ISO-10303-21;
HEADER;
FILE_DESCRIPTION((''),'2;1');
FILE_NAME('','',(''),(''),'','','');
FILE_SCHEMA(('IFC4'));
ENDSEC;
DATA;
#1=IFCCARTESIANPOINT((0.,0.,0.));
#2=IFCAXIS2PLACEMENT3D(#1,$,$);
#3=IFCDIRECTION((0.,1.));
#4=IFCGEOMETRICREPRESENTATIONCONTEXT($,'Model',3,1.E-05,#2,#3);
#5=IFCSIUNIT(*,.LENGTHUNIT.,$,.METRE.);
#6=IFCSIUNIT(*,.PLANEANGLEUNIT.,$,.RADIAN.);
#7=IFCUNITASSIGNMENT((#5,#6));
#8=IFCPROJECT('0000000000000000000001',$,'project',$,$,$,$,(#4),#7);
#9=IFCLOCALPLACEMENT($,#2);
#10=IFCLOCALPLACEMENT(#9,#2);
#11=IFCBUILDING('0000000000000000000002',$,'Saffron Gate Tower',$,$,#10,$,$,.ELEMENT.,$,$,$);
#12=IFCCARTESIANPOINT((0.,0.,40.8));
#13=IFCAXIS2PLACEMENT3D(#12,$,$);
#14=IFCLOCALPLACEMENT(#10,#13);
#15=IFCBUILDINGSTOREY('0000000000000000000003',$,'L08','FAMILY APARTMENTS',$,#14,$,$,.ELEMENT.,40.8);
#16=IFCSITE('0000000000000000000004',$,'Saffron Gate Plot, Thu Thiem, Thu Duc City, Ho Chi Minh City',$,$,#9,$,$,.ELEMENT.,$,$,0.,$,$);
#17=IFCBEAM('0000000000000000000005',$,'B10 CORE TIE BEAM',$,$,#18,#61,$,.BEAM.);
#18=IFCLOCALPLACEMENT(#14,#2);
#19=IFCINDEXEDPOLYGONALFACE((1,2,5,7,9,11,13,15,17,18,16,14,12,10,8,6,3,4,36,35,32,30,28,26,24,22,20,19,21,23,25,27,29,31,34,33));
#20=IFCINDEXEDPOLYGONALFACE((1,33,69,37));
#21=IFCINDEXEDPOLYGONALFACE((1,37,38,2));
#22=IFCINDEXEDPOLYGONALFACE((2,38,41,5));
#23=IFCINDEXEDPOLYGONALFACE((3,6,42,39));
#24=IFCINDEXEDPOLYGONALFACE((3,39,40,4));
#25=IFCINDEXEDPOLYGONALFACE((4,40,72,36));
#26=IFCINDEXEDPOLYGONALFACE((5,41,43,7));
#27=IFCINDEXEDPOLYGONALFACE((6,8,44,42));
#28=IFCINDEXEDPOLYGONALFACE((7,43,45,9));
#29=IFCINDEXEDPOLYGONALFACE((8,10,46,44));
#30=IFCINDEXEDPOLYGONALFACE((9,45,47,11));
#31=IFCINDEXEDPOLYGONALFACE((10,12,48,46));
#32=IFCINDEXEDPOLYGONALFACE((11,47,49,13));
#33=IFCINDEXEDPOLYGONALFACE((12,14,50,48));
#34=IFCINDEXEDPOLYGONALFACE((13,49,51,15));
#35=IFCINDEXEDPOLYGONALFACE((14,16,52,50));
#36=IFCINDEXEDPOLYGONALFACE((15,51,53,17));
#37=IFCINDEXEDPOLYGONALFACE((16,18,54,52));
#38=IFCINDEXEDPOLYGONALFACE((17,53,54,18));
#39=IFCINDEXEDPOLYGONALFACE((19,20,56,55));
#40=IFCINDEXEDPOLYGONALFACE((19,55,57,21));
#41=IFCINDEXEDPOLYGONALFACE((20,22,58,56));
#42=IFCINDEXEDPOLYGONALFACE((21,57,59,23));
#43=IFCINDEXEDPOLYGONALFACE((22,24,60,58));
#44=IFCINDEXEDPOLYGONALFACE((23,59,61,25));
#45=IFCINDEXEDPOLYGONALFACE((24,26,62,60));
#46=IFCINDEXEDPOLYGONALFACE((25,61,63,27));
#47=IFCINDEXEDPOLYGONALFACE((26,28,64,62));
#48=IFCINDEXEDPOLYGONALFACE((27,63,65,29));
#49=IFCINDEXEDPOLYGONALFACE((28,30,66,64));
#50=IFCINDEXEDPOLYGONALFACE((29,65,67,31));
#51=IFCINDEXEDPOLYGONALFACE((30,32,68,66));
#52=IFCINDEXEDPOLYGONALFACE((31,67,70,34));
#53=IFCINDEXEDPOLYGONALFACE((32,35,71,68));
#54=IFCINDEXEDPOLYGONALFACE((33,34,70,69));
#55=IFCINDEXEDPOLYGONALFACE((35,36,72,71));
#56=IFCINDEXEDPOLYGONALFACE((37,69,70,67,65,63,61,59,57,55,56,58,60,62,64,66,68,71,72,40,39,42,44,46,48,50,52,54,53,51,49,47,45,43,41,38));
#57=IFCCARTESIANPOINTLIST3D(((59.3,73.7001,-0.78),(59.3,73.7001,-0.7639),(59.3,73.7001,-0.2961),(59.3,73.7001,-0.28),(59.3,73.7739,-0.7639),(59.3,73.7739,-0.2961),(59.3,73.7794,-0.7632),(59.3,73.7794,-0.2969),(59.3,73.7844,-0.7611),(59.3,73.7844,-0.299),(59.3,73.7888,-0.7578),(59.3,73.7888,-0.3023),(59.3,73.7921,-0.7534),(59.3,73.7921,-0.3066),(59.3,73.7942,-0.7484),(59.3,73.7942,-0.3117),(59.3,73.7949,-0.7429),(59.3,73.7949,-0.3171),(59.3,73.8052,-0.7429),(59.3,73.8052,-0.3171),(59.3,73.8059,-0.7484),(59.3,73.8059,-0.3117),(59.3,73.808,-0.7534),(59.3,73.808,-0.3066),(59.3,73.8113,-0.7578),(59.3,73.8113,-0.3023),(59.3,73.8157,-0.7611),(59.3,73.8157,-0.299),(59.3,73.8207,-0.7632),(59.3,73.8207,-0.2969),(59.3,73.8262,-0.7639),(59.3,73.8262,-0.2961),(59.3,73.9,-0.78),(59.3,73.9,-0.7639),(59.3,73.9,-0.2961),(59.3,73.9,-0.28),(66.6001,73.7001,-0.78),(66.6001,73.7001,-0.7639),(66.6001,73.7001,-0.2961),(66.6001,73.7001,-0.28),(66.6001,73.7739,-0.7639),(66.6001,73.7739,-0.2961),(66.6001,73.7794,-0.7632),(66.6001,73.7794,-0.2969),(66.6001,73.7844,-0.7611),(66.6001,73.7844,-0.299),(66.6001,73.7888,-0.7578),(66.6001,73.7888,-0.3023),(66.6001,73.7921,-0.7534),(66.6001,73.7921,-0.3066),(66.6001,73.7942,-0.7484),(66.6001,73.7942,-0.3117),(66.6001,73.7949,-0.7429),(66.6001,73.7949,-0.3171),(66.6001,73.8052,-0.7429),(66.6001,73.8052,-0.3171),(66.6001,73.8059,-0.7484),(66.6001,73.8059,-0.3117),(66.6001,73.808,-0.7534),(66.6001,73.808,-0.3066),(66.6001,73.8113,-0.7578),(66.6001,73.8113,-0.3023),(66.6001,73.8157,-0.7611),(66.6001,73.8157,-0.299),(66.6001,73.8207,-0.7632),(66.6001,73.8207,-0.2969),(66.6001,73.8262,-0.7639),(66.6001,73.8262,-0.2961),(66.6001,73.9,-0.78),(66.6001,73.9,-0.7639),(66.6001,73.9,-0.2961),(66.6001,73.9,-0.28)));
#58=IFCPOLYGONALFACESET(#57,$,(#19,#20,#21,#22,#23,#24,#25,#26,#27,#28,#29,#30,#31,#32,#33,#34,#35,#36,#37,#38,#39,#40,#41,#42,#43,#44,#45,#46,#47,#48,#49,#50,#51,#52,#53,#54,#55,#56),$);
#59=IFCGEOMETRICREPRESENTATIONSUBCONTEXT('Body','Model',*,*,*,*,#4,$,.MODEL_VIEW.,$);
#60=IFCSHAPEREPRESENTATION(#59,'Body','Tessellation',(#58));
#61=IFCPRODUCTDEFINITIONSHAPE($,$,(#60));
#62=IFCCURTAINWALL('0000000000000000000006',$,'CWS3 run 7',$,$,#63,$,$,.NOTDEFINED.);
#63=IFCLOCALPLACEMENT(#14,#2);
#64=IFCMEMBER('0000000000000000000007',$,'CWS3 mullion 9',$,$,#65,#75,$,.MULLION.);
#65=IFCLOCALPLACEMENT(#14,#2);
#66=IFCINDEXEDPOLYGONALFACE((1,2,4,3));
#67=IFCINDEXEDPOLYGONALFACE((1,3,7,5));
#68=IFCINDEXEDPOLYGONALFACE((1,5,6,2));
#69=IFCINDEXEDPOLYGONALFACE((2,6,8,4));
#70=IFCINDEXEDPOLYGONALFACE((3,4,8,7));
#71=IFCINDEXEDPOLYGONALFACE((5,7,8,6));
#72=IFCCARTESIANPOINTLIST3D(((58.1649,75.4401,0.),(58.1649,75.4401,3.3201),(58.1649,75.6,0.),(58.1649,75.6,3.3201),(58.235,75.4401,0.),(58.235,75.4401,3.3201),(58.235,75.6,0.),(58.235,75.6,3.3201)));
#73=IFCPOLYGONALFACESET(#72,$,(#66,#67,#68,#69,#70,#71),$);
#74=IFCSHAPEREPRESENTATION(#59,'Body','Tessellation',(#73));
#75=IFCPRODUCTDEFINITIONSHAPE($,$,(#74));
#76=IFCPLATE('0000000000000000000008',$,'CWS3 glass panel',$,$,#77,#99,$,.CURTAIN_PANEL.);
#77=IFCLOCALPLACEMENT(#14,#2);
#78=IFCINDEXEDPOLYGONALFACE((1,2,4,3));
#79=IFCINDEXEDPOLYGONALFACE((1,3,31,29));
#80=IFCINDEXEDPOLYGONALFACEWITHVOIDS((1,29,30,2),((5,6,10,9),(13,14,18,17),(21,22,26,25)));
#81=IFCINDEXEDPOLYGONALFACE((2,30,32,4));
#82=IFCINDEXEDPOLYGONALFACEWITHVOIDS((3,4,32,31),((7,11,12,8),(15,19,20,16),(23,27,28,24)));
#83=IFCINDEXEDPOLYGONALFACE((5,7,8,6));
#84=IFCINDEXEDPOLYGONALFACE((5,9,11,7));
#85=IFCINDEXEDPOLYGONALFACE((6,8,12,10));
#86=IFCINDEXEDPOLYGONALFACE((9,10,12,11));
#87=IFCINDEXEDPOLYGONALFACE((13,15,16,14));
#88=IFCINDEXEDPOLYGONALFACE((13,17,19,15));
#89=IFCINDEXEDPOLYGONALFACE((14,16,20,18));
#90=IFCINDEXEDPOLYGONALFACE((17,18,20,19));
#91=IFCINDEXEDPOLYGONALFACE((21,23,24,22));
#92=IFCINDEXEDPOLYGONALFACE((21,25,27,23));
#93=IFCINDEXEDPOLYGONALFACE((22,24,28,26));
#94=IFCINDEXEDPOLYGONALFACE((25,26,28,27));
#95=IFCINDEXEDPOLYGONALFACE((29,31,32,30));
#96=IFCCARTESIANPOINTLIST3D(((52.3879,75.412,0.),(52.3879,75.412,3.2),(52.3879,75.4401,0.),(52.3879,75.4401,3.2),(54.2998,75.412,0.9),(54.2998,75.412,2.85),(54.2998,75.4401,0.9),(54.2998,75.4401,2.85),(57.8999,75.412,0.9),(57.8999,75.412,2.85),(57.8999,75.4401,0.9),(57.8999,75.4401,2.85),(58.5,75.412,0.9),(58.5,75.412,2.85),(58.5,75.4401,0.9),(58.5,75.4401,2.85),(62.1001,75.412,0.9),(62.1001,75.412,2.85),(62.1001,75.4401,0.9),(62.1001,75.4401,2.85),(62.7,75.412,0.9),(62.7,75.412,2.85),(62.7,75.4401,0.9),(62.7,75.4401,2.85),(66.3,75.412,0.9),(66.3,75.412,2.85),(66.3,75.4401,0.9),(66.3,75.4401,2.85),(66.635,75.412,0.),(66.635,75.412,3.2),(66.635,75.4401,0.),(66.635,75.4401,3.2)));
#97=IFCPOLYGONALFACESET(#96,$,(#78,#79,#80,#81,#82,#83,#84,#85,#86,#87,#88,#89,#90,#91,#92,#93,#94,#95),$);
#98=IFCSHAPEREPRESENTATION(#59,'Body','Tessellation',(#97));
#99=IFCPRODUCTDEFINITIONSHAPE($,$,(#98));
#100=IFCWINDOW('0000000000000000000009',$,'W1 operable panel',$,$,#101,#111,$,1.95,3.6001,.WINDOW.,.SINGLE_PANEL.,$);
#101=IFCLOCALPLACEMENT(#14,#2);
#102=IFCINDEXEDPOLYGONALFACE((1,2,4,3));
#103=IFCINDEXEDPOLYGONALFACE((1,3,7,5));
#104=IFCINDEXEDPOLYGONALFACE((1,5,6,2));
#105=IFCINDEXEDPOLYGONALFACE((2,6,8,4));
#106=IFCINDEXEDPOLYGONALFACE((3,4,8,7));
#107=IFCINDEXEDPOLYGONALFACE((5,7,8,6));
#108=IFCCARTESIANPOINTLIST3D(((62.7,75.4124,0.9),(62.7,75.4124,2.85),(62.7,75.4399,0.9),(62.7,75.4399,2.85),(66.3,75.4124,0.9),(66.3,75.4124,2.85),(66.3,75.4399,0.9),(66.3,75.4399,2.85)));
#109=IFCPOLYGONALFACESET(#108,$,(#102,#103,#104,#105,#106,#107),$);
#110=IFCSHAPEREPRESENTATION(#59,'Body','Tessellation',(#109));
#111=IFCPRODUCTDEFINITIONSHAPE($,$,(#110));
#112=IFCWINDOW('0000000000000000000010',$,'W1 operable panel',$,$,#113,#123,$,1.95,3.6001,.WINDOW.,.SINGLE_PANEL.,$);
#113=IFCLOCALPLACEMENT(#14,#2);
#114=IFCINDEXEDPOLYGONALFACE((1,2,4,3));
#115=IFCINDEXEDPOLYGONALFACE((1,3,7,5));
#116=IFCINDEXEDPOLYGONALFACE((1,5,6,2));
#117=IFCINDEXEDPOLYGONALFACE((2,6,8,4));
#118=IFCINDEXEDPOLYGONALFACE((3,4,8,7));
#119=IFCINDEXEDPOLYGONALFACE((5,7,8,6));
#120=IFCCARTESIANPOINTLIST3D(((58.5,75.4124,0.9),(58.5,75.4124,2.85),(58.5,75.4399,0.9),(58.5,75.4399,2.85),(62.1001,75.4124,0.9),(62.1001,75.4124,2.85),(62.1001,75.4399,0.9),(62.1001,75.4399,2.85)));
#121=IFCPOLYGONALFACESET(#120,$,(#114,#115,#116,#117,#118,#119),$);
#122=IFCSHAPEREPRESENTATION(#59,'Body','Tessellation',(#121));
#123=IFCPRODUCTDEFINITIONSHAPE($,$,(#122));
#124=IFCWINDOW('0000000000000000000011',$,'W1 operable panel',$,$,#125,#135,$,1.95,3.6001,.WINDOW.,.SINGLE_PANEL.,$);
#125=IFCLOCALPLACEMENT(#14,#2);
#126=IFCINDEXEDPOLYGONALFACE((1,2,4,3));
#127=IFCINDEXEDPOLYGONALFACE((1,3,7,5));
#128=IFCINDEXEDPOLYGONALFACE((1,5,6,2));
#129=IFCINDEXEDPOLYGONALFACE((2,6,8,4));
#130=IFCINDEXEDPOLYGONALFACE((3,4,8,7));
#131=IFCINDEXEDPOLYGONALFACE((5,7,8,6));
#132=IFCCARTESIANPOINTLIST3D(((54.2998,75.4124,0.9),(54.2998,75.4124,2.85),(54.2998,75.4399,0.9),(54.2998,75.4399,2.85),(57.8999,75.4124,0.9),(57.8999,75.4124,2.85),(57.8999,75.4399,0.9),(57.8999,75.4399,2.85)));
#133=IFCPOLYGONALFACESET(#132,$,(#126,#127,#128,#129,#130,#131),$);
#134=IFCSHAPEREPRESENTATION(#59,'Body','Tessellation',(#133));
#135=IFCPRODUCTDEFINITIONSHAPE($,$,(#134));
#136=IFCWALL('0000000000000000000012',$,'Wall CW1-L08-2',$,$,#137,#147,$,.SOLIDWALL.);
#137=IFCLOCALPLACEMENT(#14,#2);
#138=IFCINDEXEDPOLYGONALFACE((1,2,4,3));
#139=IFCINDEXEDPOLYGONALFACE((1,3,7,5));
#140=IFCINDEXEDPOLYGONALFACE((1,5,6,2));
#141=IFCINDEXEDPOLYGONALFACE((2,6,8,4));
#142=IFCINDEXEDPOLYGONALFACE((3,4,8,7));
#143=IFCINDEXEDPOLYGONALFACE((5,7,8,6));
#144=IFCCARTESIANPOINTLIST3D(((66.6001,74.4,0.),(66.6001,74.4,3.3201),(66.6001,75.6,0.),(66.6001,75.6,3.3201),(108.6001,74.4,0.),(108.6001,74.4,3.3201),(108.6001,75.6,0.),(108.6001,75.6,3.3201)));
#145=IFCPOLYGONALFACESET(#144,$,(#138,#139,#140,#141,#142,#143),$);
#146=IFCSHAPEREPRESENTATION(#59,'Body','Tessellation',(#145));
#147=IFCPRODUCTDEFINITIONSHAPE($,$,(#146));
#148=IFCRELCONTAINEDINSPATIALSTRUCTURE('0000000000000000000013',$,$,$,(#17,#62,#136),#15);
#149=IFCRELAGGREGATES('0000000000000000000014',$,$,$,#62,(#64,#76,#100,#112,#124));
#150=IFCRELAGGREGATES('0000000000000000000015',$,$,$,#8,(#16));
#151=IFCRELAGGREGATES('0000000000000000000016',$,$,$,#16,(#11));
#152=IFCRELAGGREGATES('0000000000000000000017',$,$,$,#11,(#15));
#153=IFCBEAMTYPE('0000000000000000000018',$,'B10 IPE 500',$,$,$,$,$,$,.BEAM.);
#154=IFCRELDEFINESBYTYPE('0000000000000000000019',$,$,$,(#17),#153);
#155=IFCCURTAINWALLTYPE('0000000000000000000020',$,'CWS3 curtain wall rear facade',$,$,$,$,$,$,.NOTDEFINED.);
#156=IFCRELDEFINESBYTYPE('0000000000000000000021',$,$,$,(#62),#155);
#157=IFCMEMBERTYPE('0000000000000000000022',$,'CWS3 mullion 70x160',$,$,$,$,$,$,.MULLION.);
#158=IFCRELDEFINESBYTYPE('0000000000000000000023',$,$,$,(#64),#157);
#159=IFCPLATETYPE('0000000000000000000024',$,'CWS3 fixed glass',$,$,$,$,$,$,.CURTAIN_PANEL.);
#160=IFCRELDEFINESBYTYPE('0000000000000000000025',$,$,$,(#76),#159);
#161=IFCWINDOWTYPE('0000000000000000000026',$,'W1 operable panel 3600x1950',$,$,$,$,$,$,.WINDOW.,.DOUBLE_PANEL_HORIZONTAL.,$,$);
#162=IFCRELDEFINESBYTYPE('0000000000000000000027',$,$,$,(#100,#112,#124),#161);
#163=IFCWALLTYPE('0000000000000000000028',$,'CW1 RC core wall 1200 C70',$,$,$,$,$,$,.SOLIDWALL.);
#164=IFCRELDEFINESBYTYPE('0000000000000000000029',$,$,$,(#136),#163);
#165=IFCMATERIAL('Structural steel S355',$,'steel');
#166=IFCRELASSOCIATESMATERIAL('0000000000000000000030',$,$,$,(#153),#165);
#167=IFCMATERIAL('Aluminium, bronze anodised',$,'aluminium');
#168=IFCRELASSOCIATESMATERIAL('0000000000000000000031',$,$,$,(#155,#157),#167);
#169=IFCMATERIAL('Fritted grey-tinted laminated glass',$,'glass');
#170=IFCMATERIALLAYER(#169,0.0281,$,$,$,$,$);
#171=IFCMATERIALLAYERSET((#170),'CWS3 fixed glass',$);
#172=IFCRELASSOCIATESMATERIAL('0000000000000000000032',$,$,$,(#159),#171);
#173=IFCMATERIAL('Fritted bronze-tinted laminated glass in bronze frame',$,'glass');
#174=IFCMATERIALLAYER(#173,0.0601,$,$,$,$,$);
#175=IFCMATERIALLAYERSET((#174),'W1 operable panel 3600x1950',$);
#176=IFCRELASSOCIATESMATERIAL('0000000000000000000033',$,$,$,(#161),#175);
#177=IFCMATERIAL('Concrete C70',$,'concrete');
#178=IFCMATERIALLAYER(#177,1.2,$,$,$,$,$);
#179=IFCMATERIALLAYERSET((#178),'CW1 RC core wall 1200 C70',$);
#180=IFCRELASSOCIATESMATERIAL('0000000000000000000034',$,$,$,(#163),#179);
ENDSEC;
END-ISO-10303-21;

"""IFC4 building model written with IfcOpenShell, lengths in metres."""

from ifc_helpers import new_model, si_unit, direction, frame, frame_2d, origin, origin_2d, place, context, subcontext, project, spatial, rectangle, i_section, extrude, material, layer, layer_set, material_profile, profile_set, type_object, element, fill, aggregate, save


model = new_model("IFC4")

# Units and contexts
model_context = context("Model", 3, precision=1e-05, world=origin(), true_north=direction((0.0, 1.0)))
body_context = subcontext(model_context, "Body", "Model", "MODEL_VIEW")
ifc_project = project(units=[si_unit("LENGTHUNIT", "METRE"), si_unit("PLANEANGLEUNIT", "RADIAN")], contexts=[model_context])

# Site, building, storey
site_placement = place(None, origin())
site = spatial("IfcSite", under=ifc_project, at=site_placement, Name="Saffron Gate Plot, Thu Thiem, Thu Duc City, Ho Chi Minh City", CompositionType="ELEMENT", RefElevation=0.0)
building_placement = place(site_placement, origin())
building = spatial("IfcBuilding", under=site, at=building_placement, Name="Saffron Gate Tower", CompositionType="ELEMENT")
storey_placement = place(building_placement, frame((0.0, 0.0, 40.8)))
storey = spatial("IfcBuildingStorey", under=building, at=storey_placement, Name="L08", Description="FAMILY APARTMENTS", CompositionType="ELEMENT", Elevation=40.8)

# Beam
ifc_material_1 = material(Name="Structural steel S355", Category="steel")
ifc_material_profile_1 = material_profile(ifc_material_1, i_section(OverallWidth=0.2, OverallDepth=0.5, WebThickness=0.0103, FlangeThickness=0.0161, FilletRadius=0.021, at=origin_2d()))
ifc_profile_set_1 = profile_set([ifc_material_profile_1], Name="Structural steel S355")
beam_type = type_object("IfcBeamType", Name="B10 IPE 500", PredefinedType="BEAM", material=ifc_profile_set_1)
beam_placement = place(storey_placement, frame((59.3, 73.8, -0.53), z_axis=(1.0, 0.0, 0.0), x_axis=(0.0, 1.0, 0.0)))
element("IfcBeam", 1, at=beam_placement, inside=storey, type_object=beam_type, Name="B10 CORE TIE BEAM", PredefinedType="BEAM", context=body_context, shape_type="SweptSolid", body=[
    extrude(i_section(OverallWidth=0.2, OverallDepth=0.5, WebThickness=0.0103, FlangeThickness=0.0161, FilletRadius=0.021, at=origin_2d()), origin(), (0.0, 0.0, 1.0), 7.3),
])

# Curtain wall, member, plate, openings, windows
ifc_material_2 = material(Name="Aluminium, bronze anodised", Category="aluminium")
curtain_wall_type = type_object("IfcCurtainWallType", Name="CWS3 curtain wall rear facade", PredefinedType="NOTDEFINED", material=ifc_material_2)
curtain_wall_placement = place(storey_placement, origin())
curtain_wall = element("IfcCurtainWall", 2, at=curtain_wall_placement, inside=storey, type_object=curtain_wall_type, Name="CWS3 run 7", PredefinedType="NOTDEFINED")
ifc_material_profile_2 = material_profile(ifc_material_2, rectangle(XDim=0.1599, YDim=0.0701, at=origin_2d()))
ifc_profile_set_2 = profile_set([ifc_material_profile_2], Name="Aluminium, bronze anodised")
member_type = type_object("IfcMemberType", Name="CWS3 mullion 70x160", PredefinedType="MULLION", material=ifc_profile_set_2)
member_placement = place(storey_placement, frame((58.2, 75.52, 0.0), z_axis=(0.0, 0.0, 1.0), x_axis=(0.0, -1.0, 0.0)))
member = element("IfcMember", 3, at=member_placement, type_object=member_type, Name="CWS3 mullion 9", PredefinedType="MULLION", context=body_context, shape_type="SweptSolid", body=[
    extrude(rectangle(XDim=0.1599, YDim=0.0701, at=origin_2d()), origin(), (0.0, 0.0, 1.0), 3.3201),
])
ifc_material_3 = material(Name="Fritted grey-tinted laminated glass", Category="glass")
ifc_layer_1 = layer(ifc_material_3, 0.0281)
ifc_layer_set_1 = layer_set([ifc_layer_1], Name="CWS3 fixed glass")
plate_type = type_object("IfcPlateType", Name="CWS3 fixed glass", PredefinedType="CURTAIN_PANEL", material=ifc_layer_set_1)
plate_placement = place(storey_placement, frame((66.635, 75.426, 0.0), z_axis=(0.0, 0.0, 1.0), x_axis=(-1.0, 0.0, 0.0)))
plate = element("IfcPlate", 4, at=plate_placement, type_object=plate_type, Name="CWS3 glass panel", PredefinedType="CURTAIN_PANEL", context=body_context, shape_type="SweptSolid", body=[
    extrude(rectangle(XDim=14.2471, YDim=0.0281, at=frame_2d((7.1235, 0.0))), origin(), (0.0, 0.0, 1.0), 3.2),
])
opening_1_placement = place(plate_placement, frame((0.335, 0.0, 0.8999)))
opening_1 = element("IfcOpeningElement", 5, at=opening_1_placement, cuts=plate, PredefinedType="OPENING", context=body_context, shape_type="SweptSolid", body=[
    extrude(rectangle(XDim=3.6001, YDim=1.95, at=frame_2d((1.8, 0.9751))), frame((0.0, 0.0239, 0.0), z_axis=(0.0, -1.0, 0.0), x_axis=(1.0, 0.0, 0.0)), (0.0, 0.0, 1.0), 0.0481),
])
opening_2_placement = place(plate_placement, frame((4.5349, 0.0, 0.8999)))
opening_2 = element("IfcOpeningElement", 6, at=opening_2_placement, cuts=plate, PredefinedType="OPENING", context=body_context, shape_type="SweptSolid", body=[
    extrude(rectangle(XDim=3.6001, YDim=1.95, at=frame_2d((1.8, 0.9751))), frame((0.0, 0.0239, 0.0), z_axis=(0.0, -1.0, 0.0), x_axis=(1.0, 0.0, 0.0)), (0.0, 0.0, 1.0), 0.0481),
])
opening_3_placement = place(plate_placement, frame((8.7351, 0.0, 0.8999)))
opening_3 = element("IfcOpeningElement", 7, at=opening_3_placement, cuts=plate, PredefinedType="OPENING", context=body_context, shape_type="SweptSolid", body=[
    extrude(rectangle(XDim=3.6001, YDim=1.95, at=frame_2d((1.8, 0.9751))), frame((0.0, 0.0239, 0.0), z_axis=(0.0, -1.0, 0.0), x_axis=(1.0, 0.0, 0.0)), (0.0, 0.0, 1.0), 0.0481),
])
ifc_material_4 = material(Name="Fritted bronze-tinted laminated glass in bronze frame", Category="glass")
ifc_layer_2 = layer(ifc_material_4, 0.0601)
ifc_layer_set_2 = layer_set([ifc_layer_2], Name="W1 operable panel 3600x1950")
window_type = type_object("IfcWindowType", Name="W1 operable panel 3600x1950", PartitioningType="DOUBLE_PANEL_HORIZONTAL", PredefinedType="WINDOW", material=ifc_layer_set_2)
window_1_placement = place(opening_1_placement, origin())
window_1 = element("IfcWindow", 8, at=window_1_placement, type_object=window_type, Name="W1 operable panel", OverallHeight=1.95, OverallWidth=3.6001, PartitioningType="SINGLE_PANEL", PredefinedType="WINDOW", context=body_context, shape_type="SweptSolid", body=[
    extrude(rectangle(XDim=3.6001, YDim=1.95, at=frame_2d((1.8, 0.9751))), frame((0.0, 0.0137, 0.0), z_axis=(0.0, -1.0, 0.0), x_axis=(1.0, 0.0, 0.0)), (0.0, 0.0, 1.0), 0.0276),
])
fill(opening_1, window_1)
window_2_placement = place(opening_2_placement, origin())
window_2 = element("IfcWindow", 9, at=window_2_placement, type_object=window_type, Name="W1 operable panel", OverallHeight=1.95, OverallWidth=3.6001, PartitioningType="SINGLE_PANEL", PredefinedType="WINDOW", context=body_context, shape_type="SweptSolid", body=[
    extrude(rectangle(XDim=3.6001, YDim=1.95, at=frame_2d((1.8, 0.9751))), frame((0.0, 0.0137, 0.0), z_axis=(0.0, -1.0, 0.0), x_axis=(1.0, 0.0, 0.0)), (0.0, 0.0, 1.0), 0.0276),
])
fill(opening_2, window_2)
window_3_placement = place(opening_3_placement, origin())
window_3 = element("IfcWindow", 10, at=window_3_placement, type_object=window_type, Name="W1 operable panel", OverallHeight=1.95, OverallWidth=3.6001, PartitioningType="SINGLE_PANEL", PredefinedType="WINDOW", context=body_context, shape_type="SweptSolid", body=[
    extrude(rectangle(XDim=3.6001, YDim=1.95, at=frame_2d((1.8, 0.9751))), frame((0.0, 0.0137, 0.0), z_axis=(0.0, -1.0, 0.0), x_axis=(1.0, 0.0, 0.0)), (0.0, 0.0, 1.0), 0.0276),
])
fill(opening_3, window_3)
aggregate(curtain_wall, [member, plate, window_1, window_2, window_3])

# Wall
ifc_material_5 = material(Name="Concrete C70", Category="concrete")
ifc_layer_3 = layer(ifc_material_5, 1.2)
ifc_layer_set_3 = layer_set([ifc_layer_3], Name="CW1 RC core wall 1200 C70")
wall_type_1 = type_object("IfcWallType", Name="CW1 RC core wall 1200 C70", PredefinedType="SOLIDWALL", material=ifc_layer_set_3)
wall_1_placement = place(storey_placement, frame((66.6001, 75.0, 0.0), z_axis=(0.0, 0.0, 1.0), x_axis=(1.0, 0.0, 0.0)))
element("IfcWall", 11, at=wall_1_placement, inside=storey, type_object=wall_type_1, Name="Wall CW1-L08-2", PredefinedType="SOLIDWALL", context=body_context, shape_type="SweptSolid", body=[
    extrude(rectangle(XDim=42.0, YDim=1.2, at=frame_2d((21.0, 0.0))), origin(), (0.0, 0.0, 1.0), 3.3201),
])

save(model, "model.ifc")
